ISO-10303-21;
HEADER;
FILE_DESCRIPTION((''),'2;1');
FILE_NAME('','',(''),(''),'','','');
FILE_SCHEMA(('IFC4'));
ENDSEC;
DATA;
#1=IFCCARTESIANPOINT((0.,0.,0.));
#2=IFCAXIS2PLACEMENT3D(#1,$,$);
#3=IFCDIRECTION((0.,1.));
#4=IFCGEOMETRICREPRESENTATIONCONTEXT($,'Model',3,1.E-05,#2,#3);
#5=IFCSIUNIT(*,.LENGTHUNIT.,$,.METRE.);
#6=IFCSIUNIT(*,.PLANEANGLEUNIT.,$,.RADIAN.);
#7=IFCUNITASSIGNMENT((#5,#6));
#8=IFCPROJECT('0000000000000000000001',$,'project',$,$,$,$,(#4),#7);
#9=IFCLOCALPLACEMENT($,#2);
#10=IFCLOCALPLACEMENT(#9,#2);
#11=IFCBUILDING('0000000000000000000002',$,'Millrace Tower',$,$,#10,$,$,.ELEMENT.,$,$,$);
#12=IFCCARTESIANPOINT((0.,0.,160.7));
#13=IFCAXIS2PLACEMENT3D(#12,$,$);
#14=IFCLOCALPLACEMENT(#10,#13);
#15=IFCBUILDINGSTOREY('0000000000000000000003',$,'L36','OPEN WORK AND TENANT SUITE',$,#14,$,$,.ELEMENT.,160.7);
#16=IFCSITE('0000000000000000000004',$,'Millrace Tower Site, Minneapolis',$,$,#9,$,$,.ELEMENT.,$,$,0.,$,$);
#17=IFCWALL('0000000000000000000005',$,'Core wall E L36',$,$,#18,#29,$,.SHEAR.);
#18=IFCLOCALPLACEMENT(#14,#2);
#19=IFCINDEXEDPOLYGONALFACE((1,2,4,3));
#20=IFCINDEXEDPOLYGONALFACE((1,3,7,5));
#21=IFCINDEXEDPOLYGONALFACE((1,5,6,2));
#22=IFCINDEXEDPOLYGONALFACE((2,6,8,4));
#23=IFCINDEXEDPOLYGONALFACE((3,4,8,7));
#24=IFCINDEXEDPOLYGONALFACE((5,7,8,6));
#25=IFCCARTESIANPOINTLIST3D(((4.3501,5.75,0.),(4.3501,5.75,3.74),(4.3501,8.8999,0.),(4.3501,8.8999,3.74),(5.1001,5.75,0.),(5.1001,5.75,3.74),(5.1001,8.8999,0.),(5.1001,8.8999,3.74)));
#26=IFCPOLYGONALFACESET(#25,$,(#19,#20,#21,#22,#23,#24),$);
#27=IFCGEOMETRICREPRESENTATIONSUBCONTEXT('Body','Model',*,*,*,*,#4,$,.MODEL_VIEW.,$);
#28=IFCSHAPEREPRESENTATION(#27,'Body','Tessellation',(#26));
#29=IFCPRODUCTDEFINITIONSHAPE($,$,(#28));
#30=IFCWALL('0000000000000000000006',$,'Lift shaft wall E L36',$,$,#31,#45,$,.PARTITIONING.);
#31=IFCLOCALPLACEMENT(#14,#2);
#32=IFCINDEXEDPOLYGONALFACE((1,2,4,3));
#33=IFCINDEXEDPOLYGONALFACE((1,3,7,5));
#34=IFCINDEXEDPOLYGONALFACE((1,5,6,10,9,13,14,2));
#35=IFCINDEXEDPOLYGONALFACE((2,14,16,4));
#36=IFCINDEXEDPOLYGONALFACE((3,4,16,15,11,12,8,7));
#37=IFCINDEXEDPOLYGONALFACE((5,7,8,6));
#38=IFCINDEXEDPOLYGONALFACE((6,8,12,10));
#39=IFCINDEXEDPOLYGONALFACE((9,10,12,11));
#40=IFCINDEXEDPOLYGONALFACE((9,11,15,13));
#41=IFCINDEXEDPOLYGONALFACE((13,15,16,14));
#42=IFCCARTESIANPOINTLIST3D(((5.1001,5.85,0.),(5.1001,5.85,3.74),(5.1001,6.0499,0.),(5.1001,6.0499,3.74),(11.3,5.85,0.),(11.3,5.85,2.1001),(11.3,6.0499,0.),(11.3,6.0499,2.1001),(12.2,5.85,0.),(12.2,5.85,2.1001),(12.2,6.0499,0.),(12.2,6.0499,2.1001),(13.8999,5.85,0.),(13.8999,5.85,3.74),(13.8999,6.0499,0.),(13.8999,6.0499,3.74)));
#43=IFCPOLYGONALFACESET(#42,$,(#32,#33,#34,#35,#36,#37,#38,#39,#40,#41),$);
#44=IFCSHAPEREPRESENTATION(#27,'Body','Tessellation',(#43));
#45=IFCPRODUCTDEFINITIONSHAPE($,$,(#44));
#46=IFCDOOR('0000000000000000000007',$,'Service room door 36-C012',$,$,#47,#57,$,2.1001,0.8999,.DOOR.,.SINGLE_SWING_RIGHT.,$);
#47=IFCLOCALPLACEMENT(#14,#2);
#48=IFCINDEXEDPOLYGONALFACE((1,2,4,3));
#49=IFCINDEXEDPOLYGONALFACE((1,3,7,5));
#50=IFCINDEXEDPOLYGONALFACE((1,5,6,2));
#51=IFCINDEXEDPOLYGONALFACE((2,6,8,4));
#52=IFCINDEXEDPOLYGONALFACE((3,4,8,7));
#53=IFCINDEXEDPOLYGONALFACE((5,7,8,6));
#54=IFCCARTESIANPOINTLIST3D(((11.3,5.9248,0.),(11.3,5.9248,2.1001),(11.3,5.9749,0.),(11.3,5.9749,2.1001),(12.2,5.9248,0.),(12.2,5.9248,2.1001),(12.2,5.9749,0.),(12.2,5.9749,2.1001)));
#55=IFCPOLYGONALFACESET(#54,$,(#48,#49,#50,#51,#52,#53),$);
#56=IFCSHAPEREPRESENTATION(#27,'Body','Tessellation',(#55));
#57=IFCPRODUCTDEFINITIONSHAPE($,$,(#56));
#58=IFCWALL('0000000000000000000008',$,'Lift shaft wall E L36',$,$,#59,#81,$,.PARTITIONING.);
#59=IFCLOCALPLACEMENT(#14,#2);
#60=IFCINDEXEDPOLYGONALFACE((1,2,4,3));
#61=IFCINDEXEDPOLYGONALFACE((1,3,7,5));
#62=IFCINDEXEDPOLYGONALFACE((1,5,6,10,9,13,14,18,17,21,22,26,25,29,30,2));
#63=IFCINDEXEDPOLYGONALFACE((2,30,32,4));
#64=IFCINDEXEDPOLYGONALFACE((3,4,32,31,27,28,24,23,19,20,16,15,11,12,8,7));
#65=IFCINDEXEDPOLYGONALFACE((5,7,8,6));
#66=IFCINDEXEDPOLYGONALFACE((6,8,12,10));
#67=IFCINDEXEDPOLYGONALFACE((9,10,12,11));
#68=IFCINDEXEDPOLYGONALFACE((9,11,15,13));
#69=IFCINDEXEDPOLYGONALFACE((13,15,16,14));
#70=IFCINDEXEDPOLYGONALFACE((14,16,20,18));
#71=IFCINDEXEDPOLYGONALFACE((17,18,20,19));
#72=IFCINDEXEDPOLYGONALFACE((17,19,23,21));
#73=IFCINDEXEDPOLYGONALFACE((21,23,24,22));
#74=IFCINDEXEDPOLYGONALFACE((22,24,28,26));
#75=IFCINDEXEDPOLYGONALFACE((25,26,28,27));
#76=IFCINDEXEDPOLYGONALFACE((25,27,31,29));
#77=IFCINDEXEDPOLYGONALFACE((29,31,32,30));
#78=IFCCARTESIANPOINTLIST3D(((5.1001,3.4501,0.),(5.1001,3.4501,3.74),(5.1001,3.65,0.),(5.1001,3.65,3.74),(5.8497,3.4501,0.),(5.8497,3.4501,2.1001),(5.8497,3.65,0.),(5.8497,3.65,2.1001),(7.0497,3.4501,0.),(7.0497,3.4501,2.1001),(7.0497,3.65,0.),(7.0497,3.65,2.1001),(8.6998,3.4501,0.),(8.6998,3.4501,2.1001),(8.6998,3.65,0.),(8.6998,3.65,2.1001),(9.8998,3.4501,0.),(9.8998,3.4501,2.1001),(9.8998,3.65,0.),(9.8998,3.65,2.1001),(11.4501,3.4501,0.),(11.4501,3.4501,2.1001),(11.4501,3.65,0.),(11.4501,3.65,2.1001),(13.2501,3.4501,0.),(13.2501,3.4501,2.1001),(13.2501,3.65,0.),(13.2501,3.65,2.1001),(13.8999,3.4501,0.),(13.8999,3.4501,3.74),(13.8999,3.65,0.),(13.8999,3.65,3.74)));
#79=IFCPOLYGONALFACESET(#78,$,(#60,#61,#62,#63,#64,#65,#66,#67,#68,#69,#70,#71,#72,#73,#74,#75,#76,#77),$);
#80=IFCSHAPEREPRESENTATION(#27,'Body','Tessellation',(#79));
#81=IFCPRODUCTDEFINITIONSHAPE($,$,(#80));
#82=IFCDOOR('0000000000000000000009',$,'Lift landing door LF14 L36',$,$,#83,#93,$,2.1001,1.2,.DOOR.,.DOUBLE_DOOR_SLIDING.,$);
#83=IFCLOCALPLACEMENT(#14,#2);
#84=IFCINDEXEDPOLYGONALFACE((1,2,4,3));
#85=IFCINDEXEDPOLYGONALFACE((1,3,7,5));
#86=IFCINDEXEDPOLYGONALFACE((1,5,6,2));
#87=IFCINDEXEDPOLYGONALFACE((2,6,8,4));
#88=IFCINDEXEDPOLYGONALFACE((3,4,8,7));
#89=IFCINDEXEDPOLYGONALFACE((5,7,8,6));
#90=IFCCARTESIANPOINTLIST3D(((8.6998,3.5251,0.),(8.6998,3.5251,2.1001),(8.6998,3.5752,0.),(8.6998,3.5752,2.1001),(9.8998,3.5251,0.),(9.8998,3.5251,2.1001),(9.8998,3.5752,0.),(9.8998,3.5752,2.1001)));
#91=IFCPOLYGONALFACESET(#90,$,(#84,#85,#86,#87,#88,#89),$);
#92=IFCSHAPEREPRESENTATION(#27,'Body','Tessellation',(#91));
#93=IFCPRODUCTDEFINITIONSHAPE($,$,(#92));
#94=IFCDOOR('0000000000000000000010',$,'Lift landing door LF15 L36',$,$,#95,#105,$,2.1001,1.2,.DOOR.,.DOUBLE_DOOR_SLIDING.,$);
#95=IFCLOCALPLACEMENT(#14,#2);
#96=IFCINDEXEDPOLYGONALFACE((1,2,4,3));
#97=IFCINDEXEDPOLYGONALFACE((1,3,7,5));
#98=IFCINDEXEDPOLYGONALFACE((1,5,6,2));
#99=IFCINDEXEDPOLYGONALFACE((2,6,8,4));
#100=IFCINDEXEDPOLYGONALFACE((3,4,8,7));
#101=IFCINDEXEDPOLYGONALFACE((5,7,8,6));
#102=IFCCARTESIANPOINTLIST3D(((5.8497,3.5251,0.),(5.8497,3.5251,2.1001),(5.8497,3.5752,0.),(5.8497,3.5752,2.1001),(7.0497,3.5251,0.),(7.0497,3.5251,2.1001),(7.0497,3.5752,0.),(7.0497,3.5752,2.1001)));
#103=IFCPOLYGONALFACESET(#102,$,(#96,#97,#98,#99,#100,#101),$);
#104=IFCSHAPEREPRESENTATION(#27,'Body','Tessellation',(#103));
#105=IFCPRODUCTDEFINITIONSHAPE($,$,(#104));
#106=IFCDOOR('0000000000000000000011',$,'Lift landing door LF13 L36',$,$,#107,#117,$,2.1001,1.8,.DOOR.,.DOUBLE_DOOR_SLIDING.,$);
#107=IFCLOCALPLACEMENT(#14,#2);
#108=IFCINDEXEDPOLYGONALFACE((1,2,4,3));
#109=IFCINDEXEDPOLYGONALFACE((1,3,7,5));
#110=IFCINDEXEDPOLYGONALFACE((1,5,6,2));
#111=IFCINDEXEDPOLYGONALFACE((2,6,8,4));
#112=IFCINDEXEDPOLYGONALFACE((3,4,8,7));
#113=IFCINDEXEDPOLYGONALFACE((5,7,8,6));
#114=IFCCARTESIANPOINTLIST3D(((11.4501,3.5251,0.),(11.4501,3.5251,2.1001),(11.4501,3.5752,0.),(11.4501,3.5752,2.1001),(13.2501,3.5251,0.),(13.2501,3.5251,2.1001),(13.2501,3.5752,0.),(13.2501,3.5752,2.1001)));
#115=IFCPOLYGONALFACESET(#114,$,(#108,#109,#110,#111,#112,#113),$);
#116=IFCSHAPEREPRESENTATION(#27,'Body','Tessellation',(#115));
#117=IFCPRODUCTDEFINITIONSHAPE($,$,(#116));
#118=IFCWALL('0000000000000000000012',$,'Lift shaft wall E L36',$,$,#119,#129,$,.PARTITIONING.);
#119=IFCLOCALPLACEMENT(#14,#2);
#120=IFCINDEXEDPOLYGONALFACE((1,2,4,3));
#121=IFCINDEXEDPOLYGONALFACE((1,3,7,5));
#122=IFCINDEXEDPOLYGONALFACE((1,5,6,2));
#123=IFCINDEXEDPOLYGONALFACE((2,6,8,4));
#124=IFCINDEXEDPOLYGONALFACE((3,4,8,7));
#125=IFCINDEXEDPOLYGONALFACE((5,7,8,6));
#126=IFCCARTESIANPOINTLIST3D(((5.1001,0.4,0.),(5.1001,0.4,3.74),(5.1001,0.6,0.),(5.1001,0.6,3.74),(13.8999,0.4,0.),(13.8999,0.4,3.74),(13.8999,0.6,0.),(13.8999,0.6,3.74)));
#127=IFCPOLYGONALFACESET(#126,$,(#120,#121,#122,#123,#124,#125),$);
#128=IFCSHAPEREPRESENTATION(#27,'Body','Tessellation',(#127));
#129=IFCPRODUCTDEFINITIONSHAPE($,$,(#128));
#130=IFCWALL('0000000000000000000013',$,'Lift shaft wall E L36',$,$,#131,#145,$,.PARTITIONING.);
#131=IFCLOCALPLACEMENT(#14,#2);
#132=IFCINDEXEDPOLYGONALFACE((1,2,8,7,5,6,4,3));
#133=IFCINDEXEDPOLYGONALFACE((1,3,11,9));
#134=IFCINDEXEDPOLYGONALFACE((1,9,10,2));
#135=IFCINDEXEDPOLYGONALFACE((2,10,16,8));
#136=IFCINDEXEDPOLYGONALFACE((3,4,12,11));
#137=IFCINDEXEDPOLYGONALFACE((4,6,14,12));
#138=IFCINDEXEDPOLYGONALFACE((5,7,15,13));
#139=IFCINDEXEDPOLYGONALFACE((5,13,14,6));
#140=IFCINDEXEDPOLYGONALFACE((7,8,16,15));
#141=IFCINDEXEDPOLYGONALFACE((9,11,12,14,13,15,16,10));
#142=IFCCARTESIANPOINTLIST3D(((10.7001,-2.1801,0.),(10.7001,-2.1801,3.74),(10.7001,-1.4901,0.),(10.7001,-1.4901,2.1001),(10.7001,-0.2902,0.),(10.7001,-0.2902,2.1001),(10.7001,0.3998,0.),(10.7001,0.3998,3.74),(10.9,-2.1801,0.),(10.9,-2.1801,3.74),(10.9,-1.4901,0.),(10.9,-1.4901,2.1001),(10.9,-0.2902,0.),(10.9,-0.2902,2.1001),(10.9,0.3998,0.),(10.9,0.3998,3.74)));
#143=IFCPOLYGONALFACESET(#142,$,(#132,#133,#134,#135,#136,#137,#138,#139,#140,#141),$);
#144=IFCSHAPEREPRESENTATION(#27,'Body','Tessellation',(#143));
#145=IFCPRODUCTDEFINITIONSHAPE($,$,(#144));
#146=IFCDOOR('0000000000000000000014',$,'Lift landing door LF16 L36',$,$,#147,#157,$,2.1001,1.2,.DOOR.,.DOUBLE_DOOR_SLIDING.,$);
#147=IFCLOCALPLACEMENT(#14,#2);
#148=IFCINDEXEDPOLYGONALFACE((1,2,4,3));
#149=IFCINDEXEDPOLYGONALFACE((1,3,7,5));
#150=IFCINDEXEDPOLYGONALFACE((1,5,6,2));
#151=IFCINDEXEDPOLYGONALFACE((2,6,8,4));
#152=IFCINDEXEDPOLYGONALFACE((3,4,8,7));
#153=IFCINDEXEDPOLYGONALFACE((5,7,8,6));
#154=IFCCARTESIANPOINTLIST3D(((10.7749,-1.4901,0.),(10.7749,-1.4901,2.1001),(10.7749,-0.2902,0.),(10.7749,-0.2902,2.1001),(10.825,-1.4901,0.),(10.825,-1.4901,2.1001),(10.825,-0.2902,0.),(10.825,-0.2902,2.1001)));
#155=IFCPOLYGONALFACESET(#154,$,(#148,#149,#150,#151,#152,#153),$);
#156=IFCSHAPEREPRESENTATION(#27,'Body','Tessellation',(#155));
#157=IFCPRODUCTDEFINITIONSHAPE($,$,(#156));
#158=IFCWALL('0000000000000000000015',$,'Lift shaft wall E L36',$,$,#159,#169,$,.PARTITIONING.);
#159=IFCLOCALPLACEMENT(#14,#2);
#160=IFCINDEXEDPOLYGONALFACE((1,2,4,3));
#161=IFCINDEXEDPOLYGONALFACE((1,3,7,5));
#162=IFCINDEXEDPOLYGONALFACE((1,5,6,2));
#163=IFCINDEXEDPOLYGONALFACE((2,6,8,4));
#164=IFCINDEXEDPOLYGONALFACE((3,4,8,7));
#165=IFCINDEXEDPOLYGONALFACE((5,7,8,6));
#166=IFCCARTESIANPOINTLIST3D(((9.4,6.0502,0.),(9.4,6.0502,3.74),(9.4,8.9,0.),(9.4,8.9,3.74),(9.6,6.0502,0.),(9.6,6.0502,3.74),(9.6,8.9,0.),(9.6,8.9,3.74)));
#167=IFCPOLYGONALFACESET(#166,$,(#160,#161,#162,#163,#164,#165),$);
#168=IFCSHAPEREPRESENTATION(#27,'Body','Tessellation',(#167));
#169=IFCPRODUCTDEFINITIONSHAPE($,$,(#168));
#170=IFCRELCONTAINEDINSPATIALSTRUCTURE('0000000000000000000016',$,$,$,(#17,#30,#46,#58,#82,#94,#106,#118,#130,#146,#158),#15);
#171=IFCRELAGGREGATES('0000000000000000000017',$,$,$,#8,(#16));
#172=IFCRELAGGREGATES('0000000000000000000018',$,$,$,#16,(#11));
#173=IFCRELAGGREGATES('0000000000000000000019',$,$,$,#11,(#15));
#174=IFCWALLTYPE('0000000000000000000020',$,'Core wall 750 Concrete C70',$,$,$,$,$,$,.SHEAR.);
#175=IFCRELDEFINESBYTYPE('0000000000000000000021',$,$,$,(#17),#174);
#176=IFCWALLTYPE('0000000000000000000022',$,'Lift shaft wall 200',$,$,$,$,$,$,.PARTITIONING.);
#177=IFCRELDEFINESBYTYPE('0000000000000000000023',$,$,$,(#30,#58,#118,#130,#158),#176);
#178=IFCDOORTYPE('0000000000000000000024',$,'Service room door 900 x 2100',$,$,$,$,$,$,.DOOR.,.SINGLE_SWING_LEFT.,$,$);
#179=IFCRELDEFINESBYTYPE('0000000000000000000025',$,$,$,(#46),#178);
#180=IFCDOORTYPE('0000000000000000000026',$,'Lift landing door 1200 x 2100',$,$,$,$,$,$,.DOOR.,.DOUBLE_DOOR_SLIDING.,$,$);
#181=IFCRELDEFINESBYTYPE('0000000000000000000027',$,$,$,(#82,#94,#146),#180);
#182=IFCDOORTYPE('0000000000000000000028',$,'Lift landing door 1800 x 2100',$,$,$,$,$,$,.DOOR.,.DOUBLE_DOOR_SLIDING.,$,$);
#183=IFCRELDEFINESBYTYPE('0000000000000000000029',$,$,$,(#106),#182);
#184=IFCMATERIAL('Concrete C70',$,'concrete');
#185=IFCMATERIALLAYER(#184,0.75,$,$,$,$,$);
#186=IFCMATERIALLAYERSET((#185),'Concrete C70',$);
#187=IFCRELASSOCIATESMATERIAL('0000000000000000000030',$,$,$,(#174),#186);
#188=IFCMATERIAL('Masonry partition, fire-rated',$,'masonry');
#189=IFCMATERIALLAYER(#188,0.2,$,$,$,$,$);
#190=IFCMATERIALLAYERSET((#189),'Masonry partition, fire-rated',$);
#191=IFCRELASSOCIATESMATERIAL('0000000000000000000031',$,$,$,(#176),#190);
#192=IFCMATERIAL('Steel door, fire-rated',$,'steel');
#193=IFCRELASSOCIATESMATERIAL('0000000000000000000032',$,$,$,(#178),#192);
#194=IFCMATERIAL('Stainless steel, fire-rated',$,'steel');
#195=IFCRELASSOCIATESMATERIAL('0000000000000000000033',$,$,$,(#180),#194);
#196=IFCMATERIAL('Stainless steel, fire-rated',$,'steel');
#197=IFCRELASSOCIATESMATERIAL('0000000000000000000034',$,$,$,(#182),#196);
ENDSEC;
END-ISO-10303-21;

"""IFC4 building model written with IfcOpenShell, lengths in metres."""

from ifc_helpers import new_model, si_unit, direction, frame, frame_2d, origin, place, context, subcontext, project, spatial, rectangle, extrude, material, layer, layer_set, type_object, element, fill, save


model = new_model("IFC4")

# Units and contexts
model_context = context("Model", 3, precision=1e-05, world=origin(), true_north=direction((0.0, 1.0)))
body_context = subcontext(model_context, "Body", "Model", "MODEL_VIEW")
ifc_project = project(units=[si_unit("LENGTHUNIT", "METRE"), si_unit("PLANEANGLEUNIT", "RADIAN")], contexts=[model_context])

# Site, building, storey
site_placement = place(None, origin())
site = spatial("IfcSite", under=ifc_project, at=site_placement, Name="Millrace Tower Site, Minneapolis", CompositionType="ELEMENT", RefElevation=0.0)
building_placement = place(site_placement, origin())
building = spatial("IfcBuilding", under=site, at=building_placement, Name="Millrace Tower", CompositionType="ELEMENT")
storey_placement = place(building_placement, frame((0.0, 0.0, 160.7)))
storey = spatial("IfcBuildingStorey", under=building, at=storey_placement, Name="L36", Description="OPEN WORK AND TENANT SUITE", CompositionType="ELEMENT", Elevation=160.7)

# Wall
ifc_material_1 = material(Name="Concrete C70", Category="concrete")
ifc_layer_1 = layer(ifc_material_1, 0.75)
ifc_layer_set_1 = layer_set([ifc_layer_1], Name="Concrete C70")
wall_type_1 = type_object("IfcWallType", Name="Core wall 750 Concrete C70", PredefinedType="SHEAR", material=ifc_layer_set_1)
wall_1_placement = place(storey_placement, frame((4.7251, 8.8999, 0.0), z_axis=(0.0, 0.0, 1.0), x_axis=(0.0, -1.0, 0.0)))
element("IfcWall", 1, at=wall_1_placement, inside=storey, type_object=wall_type_1, Name="Core wall E L36", PredefinedType="SHEAR", context=body_context, shape_type="SweptSolid", body=[
    extrude(rectangle(XDim=3.1499, YDim=0.75, at=frame_2d((1.575, 0.0))), origin(), (0.0, 0.0, 1.0), 3.74),
])

# Wall, opening, door
ifc_material_2 = material(Name="Masonry partition, fire-rated", Category="masonry")
ifc_layer_2 = layer(ifc_material_2, 0.2)
ifc_layer_set_2 = layer_set([ifc_layer_2], Name="Masonry partition, fire-rated")
wall_type_2 = type_object("IfcWallType", Name="Lift shaft wall 200", PredefinedType="PARTITIONING", material=ifc_layer_set_2)
wall_2_placement = place(storey_placement, frame((13.8999, 5.95, 0.0), z_axis=(0.0, 0.0, 1.0), x_axis=(-1.0, 0.0, 0.0)))
wall_2 = element("IfcWall", 2, at=wall_2_placement, inside=storey, type_object=wall_type_2, Name="Lift shaft wall E L36", PredefinedType="PARTITIONING", context=body_context, shape_type="SweptSolid", body=[
    extrude(rectangle(XDim=8.7998, YDim=0.2, at=frame_2d((4.3999, 0.0))), origin(), (0.0, 0.0, 1.0), 3.74),
])
opening_1_placement = place(wall_2_placement, frame((1.7, 0.0, 0.0)))
opening_1 = element("IfcOpeningElement", 3, at=opening_1_placement, cuts=wall_2, PredefinedType="OPENING", context=body_context, shape_type="SweptSolid", body=[
    extrude(rectangle(XDim=0.8999, YDim=2.1001, at=frame_2d((0.45, 1.05))), frame((0.0, 0.1099, 0.0), z_axis=(0.0, -1.0, 0.0), x_axis=(1.0, 0.0, 0.0)), (0.0, 0.0, 1.0), 0.22),
])
ifc_material_3 = material(Name="Steel door, fire-rated", Category="steel")
door_type_1 = type_object("IfcDoorType", Name="Service room door 900 x 2100", OperationType="SINGLE_SWING_LEFT", PredefinedType="DOOR", material=ifc_material_3)
door_1_placement = place(opening_1_placement, frame((0.8999, 0.0, 0.0), z_axis=(0.0, 0.0, 1.0), x_axis=(-1.0, 0.0, 0.0)))
door_1 = element("IfcDoor", 4, at=door_1_placement, inside=storey, type_object=door_type_1, Name="Service room door 36-C012", OperationType="SINGLE_SWING_RIGHT", OverallHeight=2.1001, OverallWidth=0.8999, PredefinedType="DOOR", context=body_context, shape_type="SweptSolid", body=[
    extrude(rectangle(XDim=0.8999, YDim=2.1001, at=frame_2d((0.45, 1.05))), frame((0.0, 0.0249, 0.0), z_axis=(0.0, -1.0, 0.0), x_axis=(1.0, 0.0, 0.0)), (0.0, 0.0, 1.0), 0.05),
])
fill(opening_1, door_1)

# Wall, openings, doors
wall_3_placement = place(storey_placement, frame((13.8999, 3.55, 0.0), z_axis=(0.0, 0.0, 1.0), x_axis=(-1.0, 0.0, 0.0)))
wall_3 = element("IfcWall", 5, at=wall_3_placement, inside=storey, type_object=wall_type_2, Name="Lift shaft wall E L36", PredefinedType="PARTITIONING", context=body_context, shape_type="SweptSolid", body=[
    extrude(rectangle(XDim=8.7998, YDim=0.2, at=frame_2d((4.3999, 0.0))), origin(), (0.0, 0.0, 1.0), 3.74),
])
opening_2_placement = place(wall_3_placement, frame((0.6499, 0.0, 0.0)))
opening_2 = element("IfcOpeningElement", 6, at=opening_2_placement, cuts=wall_3, PredefinedType="OPENING", context=body_context, shape_type="SweptSolid", body=[
    extrude(rectangle(XDim=1.8, YDim=2.1001, at=frame_2d((0.8999, 1.05))), frame((0.0, 0.1099, 0.0), z_axis=(0.0, -1.0, 0.0), x_axis=(1.0, 0.0, 0.0)), (0.0, 0.0, 1.0), 0.22),
])
opening_3_placement = place(wall_3_placement, frame((4.0, 0.0, 0.0)))
opening_3 = element("IfcOpeningElement", 7, at=opening_3_placement, cuts=wall_3, PredefinedType="OPENING", context=body_context, shape_type="SweptSolid", body=[
    extrude(rectangle(XDim=1.2, YDim=2.1001, at=frame_2d((0.6001, 1.05))), frame((0.0, 0.1099, 0.0), z_axis=(0.0, -1.0, 0.0), x_axis=(1.0, 0.0, 0.0)), (0.0, 0.0, 1.0), 0.22),
])
opening_4_placement = place(wall_3_placement, frame((6.8501, 0.0, 0.0)))
opening_4 = element("IfcOpeningElement", 8, at=opening_4_placement, cuts=wall_3, PredefinedType="OPENING", context=body_context, shape_type="SweptSolid", body=[
    extrude(rectangle(XDim=1.2, YDim=2.1001, at=frame_2d((0.6001, 1.05))), frame((0.0, 0.1099, 0.0), z_axis=(0.0, -1.0, 0.0), x_axis=(1.0, 0.0, 0.0)), (0.0, 0.0, 1.0), 0.22),
])
ifc_material_4 = material(Name="Stainless steel, fire-rated", Category="steel")
door_type_2 = type_object("IfcDoorType", Name="Lift landing door 1200 x 2100", OperationType="DOUBLE_DOOR_SLIDING", PredefinedType="DOOR", material=ifc_material_4)
door_2_placement = place(opening_3_placement, origin())
door_2 = element("IfcDoor", 9, at=door_2_placement, inside=storey, type_object=door_type_2, Name="Lift landing door LF14 L36", OperationType="DOUBLE_DOOR_SLIDING", OverallHeight=2.1001, OverallWidth=1.2, PredefinedType="DOOR", context=body_context, shape_type="SweptSolid", body=[
    extrude(rectangle(XDim=1.2, YDim=2.1001, at=frame_2d((0.6001, 1.05))), frame((0.0, 0.0249, 0.0), z_axis=(0.0, -1.0, 0.0), x_axis=(1.0, 0.0, 0.0)), (0.0, 0.0, 1.0), 0.05),
])
fill(opening_3, door_2)
door_3_placement = place(opening_4_placement, origin())
door_3 = element("IfcDoor", 10, at=door_3_placement, inside=storey, type_object=door_type_2, Name="Lift landing door LF15 L36", OperationType="DOUBLE_DOOR_SLIDING", OverallHeight=2.1001, OverallWidth=1.2, PredefinedType="DOOR", context=body_context, shape_type="SweptSolid", body=[
    extrude(rectangle(XDim=1.2, YDim=2.1001, at=frame_2d((0.6001, 1.05))), frame((0.0, 0.0249, 0.0), z_axis=(0.0, -1.0, 0.0), x_axis=(1.0, 0.0, 0.0)), (0.0, 0.0, 1.0), 0.05),
])
fill(opening_4, door_3)
ifc_material_5 = material(Name="Stainless steel, fire-rated", Category="steel")
door_type_3 = type_object("IfcDoorType", Name="Lift landing door 1800 x 2100", OperationType="DOUBLE_DOOR_SLIDING", PredefinedType="DOOR", material=ifc_material_5)
door_4_placement = place(opening_2_placement, origin())
door_4 = element("IfcDoor", 11, at=door_4_placement, inside=storey, type_object=door_type_3, Name="Lift landing door LF13 L36", OperationType="DOUBLE_DOOR_SLIDING", OverallHeight=2.1001, OverallWidth=1.8, PredefinedType="DOOR", context=body_context, shape_type="SweptSolid", body=[
    extrude(rectangle(XDim=1.8, YDim=2.1001, at=frame_2d((0.8999, 1.05))), frame((0.0, 0.0249, 0.0), z_axis=(0.0, -1.0, 0.0), x_axis=(1.0, 0.0, 0.0)), (0.0, 0.0, 1.0), 0.05),
])
fill(opening_2, door_4)

# Wall
wall_4_placement = place(storey_placement, frame((13.8999, 0.5, 0.0), z_axis=(0.0, 0.0, 1.0), x_axis=(-1.0, 0.0, 0.0)))
element("IfcWall", 12, at=wall_4_placement, inside=storey, type_object=wall_type_2, Name="Lift shaft wall E L36", PredefinedType="PARTITIONING", context=body_context, shape_type="SweptSolid", body=[
    extrude(rectangle(XDim=8.7998, YDim=0.2, at=frame_2d((4.3999, 0.0))), origin(), (0.0, 0.0, 1.0), 3.74),
])

# Wall, opening, door
wall_5_placement = place(storey_placement, frame((10.8, 0.3999, 0.0), z_axis=(0.0, 0.0, 1.0), x_axis=(0.0, -1.0, 0.0)))
wall_5 = element("IfcWall", 13, at=wall_5_placement, inside=storey, type_object=wall_type_2, Name="Lift shaft wall E L36", PredefinedType="PARTITIONING", context=body_context, shape_type="SweptSolid", body=[
    extrude(rectangle(XDim=2.5798, YDim=0.2, at=frame_2d((1.29, 0.0))), origin(), (0.0, 0.0, 1.0), 3.74),
])
opening_5_placement = place(wall_5_placement, frame((0.6899, 0.0, 0.0)))
opening_5 = element("IfcOpeningElement", 14, at=opening_5_placement, cuts=wall_5, PredefinedType="OPENING", context=body_context, shape_type="SweptSolid", body=[
    extrude(rectangle(XDim=1.2, YDim=2.1001, at=frame_2d((0.6001, 1.05))), frame((0.0, 0.1099, 0.0), z_axis=(0.0, -1.0, 0.0), x_axis=(1.0, 0.0, 0.0)), (0.0, 0.0, 1.0), 0.22),
])
door_5_placement = place(opening_5_placement, origin())
door_5 = element("IfcDoor", 15, at=door_5_placement, inside=storey, type_object=door_type_2, Name="Lift landing door LF16 L36", OperationType="DOUBLE_DOOR_SLIDING", OverallHeight=2.1001, OverallWidth=1.2, PredefinedType="DOOR", context=body_context, shape_type="SweptSolid", body=[
    extrude(rectangle(XDim=1.2, YDim=2.1001, at=frame_2d((0.6001, 1.05))), frame((0.0, 0.0249, 0.0), z_axis=(0.0, -1.0, 0.0), x_axis=(1.0, 0.0, 0.0)), (0.0, 0.0, 1.0), 0.05),
])
fill(opening_5, door_5)

# Wall
for number, where, z_axis, x_axis, name in (
    (16, (9.5, 8.8999, 0.0), (0.0, 0.0, 1.0), (0.0, -1.0, 0.0), "Lift shaft wall E L36"),
):
    element("IfcWall", number, at=place(storey_placement, frame(where, z_axis=z_axis, x_axis=x_axis)), inside=storey, type_object=wall_type_2, Name=name, PredefinedType="PARTITIONING", context=body_context, shape_type="SweptSolid", body=[
        extrude(rectangle(XDim=2.8499, YDim=0.2, at=frame_2d((1.4248, 0.0))), origin(), (0.0, 0.0, 1.0), 3.74),
    ])

save(model, "model.ifc")
